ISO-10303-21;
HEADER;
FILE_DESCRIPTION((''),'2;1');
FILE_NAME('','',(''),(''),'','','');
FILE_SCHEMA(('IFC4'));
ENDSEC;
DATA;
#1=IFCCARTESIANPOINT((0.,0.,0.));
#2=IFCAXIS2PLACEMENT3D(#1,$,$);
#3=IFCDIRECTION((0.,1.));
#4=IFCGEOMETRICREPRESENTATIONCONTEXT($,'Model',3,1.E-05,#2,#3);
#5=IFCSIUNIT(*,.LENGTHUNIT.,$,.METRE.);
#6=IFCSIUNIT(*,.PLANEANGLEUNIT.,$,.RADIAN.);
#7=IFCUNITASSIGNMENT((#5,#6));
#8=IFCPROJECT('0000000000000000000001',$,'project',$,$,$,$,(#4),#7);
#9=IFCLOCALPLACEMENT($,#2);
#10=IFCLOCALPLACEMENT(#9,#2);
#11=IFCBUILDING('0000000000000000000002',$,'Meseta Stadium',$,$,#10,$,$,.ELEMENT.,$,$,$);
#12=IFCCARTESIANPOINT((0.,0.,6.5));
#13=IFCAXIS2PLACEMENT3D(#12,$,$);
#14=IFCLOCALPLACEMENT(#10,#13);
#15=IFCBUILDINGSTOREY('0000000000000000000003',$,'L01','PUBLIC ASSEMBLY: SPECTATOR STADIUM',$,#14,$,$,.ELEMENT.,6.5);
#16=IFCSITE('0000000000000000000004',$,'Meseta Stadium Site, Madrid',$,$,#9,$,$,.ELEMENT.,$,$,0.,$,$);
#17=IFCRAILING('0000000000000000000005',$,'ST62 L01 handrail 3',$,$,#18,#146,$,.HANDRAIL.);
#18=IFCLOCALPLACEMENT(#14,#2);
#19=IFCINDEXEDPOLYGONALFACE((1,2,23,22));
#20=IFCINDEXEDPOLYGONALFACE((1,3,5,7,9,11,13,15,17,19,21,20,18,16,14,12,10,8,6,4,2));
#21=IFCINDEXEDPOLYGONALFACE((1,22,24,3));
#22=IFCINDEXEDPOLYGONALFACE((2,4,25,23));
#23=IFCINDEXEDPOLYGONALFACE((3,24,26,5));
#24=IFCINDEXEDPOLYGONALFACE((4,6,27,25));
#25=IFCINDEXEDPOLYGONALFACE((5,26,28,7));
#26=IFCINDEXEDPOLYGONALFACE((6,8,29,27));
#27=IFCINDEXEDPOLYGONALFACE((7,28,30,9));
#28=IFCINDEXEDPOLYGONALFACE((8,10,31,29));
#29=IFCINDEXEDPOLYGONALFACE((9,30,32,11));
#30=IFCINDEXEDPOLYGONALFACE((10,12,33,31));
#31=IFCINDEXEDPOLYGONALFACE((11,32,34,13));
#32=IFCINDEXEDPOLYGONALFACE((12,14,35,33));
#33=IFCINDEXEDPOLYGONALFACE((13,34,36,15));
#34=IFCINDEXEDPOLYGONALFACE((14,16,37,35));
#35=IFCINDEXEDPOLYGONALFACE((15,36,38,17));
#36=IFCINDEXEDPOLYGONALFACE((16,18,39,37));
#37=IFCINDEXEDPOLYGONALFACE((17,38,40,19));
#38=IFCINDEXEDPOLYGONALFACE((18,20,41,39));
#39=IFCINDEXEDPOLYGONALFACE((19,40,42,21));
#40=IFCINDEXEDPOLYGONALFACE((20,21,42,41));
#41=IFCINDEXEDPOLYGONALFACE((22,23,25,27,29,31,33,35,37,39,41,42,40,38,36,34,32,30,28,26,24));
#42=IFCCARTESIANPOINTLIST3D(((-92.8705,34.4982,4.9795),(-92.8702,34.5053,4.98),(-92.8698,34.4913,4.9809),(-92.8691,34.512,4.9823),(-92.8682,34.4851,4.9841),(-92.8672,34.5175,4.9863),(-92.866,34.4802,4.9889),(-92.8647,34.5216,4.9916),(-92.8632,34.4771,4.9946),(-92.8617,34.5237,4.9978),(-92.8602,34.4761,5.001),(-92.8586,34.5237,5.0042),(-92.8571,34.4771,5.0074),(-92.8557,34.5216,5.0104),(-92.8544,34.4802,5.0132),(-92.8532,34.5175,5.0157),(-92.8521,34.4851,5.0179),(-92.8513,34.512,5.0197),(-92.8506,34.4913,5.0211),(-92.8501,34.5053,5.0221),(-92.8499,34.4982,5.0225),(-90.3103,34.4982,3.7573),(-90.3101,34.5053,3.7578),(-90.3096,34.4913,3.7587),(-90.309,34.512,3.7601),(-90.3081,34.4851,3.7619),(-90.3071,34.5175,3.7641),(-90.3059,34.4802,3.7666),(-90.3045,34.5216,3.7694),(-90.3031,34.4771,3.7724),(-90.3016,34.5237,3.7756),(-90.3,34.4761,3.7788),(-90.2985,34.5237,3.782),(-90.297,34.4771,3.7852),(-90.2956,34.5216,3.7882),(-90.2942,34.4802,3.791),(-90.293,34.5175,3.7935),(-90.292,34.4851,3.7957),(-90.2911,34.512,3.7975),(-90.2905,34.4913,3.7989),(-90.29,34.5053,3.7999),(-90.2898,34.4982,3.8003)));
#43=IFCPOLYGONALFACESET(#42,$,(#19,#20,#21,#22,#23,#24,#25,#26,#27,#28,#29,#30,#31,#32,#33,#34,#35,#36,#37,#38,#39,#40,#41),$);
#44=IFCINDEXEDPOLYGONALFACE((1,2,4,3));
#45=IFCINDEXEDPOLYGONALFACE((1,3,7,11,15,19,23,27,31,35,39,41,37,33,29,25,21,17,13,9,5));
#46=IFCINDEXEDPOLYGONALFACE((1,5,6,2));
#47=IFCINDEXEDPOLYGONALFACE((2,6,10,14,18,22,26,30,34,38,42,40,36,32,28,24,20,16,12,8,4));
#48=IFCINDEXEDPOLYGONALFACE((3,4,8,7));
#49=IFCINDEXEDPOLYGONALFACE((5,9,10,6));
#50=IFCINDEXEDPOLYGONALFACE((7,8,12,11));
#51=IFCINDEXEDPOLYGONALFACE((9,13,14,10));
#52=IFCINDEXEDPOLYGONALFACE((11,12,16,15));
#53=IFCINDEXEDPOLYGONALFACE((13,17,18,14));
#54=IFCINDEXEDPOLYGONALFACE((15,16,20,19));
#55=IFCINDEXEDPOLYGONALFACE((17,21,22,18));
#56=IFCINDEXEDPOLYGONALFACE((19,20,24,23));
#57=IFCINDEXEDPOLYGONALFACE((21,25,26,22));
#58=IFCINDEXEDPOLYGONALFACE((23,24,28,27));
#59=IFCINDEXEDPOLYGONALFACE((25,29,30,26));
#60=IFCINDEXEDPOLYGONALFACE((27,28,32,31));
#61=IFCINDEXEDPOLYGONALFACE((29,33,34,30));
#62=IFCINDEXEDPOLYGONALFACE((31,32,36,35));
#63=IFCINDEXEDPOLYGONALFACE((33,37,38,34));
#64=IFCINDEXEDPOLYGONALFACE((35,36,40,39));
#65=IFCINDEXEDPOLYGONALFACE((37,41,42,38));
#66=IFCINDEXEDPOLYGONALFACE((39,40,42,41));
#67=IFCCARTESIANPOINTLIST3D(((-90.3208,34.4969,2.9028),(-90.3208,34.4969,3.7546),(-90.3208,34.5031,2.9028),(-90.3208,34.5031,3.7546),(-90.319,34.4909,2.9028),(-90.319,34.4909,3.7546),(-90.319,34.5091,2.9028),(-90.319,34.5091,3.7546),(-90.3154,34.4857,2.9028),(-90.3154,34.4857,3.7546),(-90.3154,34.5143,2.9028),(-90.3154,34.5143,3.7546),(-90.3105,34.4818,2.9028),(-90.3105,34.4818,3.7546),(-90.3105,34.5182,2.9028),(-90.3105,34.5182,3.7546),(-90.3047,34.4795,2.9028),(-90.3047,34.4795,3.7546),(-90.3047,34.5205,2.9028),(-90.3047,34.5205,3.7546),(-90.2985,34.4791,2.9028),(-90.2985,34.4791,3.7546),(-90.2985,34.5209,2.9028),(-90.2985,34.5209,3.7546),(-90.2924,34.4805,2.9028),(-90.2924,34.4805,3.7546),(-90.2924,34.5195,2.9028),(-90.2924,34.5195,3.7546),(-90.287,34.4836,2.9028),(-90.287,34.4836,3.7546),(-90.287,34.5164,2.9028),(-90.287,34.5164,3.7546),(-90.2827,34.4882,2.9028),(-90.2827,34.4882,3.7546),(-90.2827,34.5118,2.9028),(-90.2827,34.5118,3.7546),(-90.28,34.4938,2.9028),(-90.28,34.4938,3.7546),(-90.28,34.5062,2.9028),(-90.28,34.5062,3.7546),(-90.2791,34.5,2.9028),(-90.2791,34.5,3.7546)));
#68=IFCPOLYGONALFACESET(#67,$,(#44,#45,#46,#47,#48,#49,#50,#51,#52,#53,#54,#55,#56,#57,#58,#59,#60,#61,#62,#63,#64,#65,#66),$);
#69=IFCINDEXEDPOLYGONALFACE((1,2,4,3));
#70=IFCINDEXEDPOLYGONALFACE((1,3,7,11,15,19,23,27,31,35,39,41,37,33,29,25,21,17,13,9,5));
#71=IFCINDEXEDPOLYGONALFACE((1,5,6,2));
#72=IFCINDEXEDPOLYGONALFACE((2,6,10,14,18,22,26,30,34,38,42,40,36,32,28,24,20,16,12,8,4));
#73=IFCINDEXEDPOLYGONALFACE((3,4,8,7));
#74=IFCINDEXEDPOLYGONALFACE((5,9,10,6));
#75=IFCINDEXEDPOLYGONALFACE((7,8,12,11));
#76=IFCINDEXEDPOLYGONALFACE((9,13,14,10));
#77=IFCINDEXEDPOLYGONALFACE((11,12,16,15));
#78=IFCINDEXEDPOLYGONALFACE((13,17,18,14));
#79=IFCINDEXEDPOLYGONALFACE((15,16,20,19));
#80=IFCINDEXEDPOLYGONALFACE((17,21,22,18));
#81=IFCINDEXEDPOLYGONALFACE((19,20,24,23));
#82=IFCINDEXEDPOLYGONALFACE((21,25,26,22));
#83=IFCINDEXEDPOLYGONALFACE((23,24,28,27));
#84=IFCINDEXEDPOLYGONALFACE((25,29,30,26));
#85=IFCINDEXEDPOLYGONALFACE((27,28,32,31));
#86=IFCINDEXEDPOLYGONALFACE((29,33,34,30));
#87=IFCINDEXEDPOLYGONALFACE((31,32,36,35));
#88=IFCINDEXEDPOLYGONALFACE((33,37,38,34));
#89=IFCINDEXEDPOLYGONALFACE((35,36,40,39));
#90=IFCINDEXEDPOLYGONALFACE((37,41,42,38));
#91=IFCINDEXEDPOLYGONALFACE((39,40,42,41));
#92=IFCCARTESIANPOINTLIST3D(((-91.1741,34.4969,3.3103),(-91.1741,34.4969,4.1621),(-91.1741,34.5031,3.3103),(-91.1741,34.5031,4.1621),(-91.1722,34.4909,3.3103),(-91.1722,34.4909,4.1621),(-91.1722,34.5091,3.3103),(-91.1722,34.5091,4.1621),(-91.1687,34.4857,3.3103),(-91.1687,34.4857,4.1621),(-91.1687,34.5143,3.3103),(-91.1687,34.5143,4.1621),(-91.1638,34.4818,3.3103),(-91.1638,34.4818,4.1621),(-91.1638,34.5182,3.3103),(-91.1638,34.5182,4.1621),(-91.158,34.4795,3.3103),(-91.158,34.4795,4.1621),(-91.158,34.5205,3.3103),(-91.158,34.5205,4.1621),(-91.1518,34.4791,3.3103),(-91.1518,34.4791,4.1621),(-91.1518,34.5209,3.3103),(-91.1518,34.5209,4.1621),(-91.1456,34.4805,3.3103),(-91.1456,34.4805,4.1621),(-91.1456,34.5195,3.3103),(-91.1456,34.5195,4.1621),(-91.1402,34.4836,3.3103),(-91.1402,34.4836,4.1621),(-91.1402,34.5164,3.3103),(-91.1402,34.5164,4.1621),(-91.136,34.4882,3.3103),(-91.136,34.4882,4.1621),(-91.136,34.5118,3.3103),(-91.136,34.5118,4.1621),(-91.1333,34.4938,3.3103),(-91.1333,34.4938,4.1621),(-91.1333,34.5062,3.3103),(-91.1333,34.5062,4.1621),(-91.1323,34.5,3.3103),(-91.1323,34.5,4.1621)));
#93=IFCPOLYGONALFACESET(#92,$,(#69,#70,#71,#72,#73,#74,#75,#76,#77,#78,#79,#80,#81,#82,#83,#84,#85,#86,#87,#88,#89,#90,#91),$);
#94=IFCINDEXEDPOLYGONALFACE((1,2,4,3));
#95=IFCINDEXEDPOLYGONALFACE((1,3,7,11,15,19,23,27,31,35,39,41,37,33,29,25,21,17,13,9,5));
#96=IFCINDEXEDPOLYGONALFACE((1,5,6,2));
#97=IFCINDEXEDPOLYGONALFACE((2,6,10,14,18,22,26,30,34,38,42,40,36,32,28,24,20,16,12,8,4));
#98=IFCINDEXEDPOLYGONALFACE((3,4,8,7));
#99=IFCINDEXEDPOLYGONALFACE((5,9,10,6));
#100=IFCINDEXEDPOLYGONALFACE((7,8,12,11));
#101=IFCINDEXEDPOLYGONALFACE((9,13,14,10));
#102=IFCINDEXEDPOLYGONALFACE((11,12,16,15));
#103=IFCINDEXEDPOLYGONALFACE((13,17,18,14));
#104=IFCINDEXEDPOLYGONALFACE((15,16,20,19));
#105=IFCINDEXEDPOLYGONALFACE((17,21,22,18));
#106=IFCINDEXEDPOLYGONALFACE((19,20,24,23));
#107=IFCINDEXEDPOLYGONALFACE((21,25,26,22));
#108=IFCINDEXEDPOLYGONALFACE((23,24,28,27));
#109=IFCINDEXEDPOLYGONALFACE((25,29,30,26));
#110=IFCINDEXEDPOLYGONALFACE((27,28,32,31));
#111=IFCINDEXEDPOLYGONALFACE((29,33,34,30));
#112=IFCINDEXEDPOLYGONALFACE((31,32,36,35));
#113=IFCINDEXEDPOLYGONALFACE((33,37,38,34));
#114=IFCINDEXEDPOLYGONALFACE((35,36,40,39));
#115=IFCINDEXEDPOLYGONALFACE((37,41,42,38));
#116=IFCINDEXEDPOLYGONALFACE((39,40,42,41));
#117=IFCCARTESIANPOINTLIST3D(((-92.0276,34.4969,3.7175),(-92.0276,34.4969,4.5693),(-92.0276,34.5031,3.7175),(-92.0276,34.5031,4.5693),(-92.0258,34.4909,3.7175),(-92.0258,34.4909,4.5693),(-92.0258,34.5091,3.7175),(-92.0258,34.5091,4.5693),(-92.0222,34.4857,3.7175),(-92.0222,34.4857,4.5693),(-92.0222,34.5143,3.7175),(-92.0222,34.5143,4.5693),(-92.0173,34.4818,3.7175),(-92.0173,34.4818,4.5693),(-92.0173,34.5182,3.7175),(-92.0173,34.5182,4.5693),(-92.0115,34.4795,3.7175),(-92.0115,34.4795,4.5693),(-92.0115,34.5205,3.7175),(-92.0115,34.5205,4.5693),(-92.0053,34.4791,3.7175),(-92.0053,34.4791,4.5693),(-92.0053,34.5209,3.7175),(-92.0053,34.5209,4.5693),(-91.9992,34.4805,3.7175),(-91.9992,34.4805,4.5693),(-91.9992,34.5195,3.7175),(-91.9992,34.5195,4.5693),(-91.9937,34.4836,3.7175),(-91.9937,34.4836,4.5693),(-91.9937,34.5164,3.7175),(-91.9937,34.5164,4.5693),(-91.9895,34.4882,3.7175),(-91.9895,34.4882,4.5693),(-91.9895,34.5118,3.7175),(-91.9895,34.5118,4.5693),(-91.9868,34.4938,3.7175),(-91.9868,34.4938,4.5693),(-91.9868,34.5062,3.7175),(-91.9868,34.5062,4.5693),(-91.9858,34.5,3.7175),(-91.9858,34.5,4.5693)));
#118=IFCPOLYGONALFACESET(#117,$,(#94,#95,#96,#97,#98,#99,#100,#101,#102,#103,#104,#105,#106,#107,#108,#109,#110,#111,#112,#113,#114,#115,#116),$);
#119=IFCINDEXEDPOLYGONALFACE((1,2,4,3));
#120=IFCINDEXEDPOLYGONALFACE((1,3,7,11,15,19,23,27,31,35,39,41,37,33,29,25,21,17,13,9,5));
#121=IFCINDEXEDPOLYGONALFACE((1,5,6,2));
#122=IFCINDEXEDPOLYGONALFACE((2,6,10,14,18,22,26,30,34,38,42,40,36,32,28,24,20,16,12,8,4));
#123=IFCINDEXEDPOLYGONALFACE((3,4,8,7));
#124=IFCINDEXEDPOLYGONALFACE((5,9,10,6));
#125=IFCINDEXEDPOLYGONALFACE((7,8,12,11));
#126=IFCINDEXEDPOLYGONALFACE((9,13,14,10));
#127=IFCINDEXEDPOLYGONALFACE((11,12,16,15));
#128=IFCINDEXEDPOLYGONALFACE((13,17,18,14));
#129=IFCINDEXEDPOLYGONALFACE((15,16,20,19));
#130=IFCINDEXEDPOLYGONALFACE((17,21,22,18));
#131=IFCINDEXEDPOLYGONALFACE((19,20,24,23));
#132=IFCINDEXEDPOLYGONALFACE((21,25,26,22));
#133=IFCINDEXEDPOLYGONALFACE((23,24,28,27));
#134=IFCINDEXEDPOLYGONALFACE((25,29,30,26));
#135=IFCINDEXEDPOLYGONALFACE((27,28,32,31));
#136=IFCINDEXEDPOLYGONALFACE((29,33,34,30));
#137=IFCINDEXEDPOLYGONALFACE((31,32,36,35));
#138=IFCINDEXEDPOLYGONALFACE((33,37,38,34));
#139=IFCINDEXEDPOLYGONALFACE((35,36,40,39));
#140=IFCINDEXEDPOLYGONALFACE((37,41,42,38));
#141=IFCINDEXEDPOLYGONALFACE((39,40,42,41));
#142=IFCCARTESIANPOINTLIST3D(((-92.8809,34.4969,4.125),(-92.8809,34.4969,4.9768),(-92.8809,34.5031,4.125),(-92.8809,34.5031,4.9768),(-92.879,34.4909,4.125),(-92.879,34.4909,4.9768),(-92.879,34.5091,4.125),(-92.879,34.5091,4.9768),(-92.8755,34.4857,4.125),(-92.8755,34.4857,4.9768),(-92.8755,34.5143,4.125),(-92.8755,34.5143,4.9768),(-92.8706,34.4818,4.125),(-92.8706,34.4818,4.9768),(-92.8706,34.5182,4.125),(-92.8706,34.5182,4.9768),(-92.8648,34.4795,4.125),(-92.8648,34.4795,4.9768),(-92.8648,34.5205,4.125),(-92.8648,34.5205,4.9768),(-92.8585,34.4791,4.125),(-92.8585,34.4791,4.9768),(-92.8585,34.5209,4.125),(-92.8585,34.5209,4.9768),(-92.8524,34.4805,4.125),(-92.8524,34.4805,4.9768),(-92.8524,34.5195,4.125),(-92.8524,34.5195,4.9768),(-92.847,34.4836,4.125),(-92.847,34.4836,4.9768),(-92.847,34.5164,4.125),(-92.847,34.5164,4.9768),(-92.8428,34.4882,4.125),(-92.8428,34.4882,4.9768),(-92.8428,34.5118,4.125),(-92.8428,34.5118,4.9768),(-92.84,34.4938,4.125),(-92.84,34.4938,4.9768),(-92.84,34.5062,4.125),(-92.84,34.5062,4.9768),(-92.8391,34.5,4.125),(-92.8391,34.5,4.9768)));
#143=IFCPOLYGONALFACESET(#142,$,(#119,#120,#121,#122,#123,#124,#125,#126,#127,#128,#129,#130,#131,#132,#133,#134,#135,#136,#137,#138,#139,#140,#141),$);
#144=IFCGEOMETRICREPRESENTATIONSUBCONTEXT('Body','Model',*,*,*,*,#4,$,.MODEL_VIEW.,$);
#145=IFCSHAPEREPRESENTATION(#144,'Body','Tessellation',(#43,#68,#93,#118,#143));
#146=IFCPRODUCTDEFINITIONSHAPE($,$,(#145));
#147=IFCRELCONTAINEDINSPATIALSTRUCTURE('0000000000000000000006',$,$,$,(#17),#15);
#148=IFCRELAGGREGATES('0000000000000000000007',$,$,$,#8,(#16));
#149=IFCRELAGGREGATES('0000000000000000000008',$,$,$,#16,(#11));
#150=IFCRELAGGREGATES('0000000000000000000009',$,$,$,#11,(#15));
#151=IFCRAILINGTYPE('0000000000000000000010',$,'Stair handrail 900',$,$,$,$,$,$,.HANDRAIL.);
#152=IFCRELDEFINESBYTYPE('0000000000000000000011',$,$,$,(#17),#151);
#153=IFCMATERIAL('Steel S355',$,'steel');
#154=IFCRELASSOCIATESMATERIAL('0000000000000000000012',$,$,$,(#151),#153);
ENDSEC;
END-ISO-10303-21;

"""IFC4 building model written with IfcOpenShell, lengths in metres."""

from ifc_helpers import new_model, si_unit, direction, frame, origin, origin_2d, place, context, subcontext, project, spatial, circle, extrude, material, type_object, element, save


model = new_model("IFC4")

# Units and contexts
model_context = context("Model", 3, precision=1e-05, world=origin(), true_north=direction((0.0, 1.0)))
body_context = subcontext(model_context, "Body", "Model", "MODEL_VIEW")
ifc_project = project(units=[si_unit("LENGTHUNIT", "METRE"), si_unit("PLANEANGLEUNIT", "RADIAN")], contexts=[model_context])

# Site, building, storey
site_placement = place(None, origin())
site = spatial("IfcSite", under=ifc_project, at=site_placement, Name="Meseta Stadium Site, Madrid", CompositionType="ELEMENT", RefElevation=0.0)
building_placement = place(site_placement, origin())
building = spatial("IfcBuilding", under=site, at=building_placement, Name="Meseta Stadium", CompositionType="ELEMENT")
storey_placement = place(building_placement, frame((0.0, 0.0, 6.5)))
storey = spatial("IfcBuildingStorey", under=building, at=storey_placement, Name="L01", Description="PUBLIC ASSEMBLY: SPECTATOR STADIUM", CompositionType="ELEMENT", Elevation=6.5)

# Railing
ifc_material_1 = material(Name="Steel S355", Category="steel")
railing_type_1 = type_object("IfcRailingType", Name="Stair handrail 900", PredefinedType="HANDRAIL", material=ifc_material_1)
for number, where, name in (
    (1, (-90.3, 34.5, 2.9028), "ST62 L01 handrail 3"),
):
    element("IfcRailing", number, at=place(storey_placement, frame(where)), inside=storey, type_object=railing_type_1, Name=name, PredefinedType="HANDRAIL", context=body_context, shape_type="SweptSolid", body=[
        extrude(circle(Radius=0.0239, at=origin_2d()), frame((0.0, 0.0, 0.876), z_axis=(-0.902437, 0.0, 0.430822), x_axis=(0.0, -1.0, 0.0)), (0.0, 0.0, 1.0), 2.8369),
        extrude(circle(Radius=0.021, at=origin_2d()), origin(), (0.0, 0.0, 1.0), 0.8518),
        extrude(circle(Radius=0.021, at=origin_2d()), frame((-0.8533, 0.0, 0.4075)), (0.0, 0.0, 1.0), 0.8518),
        extrude(circle(Radius=0.021, at=origin_2d()), frame((-1.7068, 0.0, 0.8147)), (0.0, 0.0, 1.0), 0.8518),
        extrude(circle(Radius=0.021, at=origin_2d()), frame((-2.5601, 0.0, 1.2222)), (0.0, 0.0, 1.0), 0.8518),
    ])

save(model, "model.ifc")
